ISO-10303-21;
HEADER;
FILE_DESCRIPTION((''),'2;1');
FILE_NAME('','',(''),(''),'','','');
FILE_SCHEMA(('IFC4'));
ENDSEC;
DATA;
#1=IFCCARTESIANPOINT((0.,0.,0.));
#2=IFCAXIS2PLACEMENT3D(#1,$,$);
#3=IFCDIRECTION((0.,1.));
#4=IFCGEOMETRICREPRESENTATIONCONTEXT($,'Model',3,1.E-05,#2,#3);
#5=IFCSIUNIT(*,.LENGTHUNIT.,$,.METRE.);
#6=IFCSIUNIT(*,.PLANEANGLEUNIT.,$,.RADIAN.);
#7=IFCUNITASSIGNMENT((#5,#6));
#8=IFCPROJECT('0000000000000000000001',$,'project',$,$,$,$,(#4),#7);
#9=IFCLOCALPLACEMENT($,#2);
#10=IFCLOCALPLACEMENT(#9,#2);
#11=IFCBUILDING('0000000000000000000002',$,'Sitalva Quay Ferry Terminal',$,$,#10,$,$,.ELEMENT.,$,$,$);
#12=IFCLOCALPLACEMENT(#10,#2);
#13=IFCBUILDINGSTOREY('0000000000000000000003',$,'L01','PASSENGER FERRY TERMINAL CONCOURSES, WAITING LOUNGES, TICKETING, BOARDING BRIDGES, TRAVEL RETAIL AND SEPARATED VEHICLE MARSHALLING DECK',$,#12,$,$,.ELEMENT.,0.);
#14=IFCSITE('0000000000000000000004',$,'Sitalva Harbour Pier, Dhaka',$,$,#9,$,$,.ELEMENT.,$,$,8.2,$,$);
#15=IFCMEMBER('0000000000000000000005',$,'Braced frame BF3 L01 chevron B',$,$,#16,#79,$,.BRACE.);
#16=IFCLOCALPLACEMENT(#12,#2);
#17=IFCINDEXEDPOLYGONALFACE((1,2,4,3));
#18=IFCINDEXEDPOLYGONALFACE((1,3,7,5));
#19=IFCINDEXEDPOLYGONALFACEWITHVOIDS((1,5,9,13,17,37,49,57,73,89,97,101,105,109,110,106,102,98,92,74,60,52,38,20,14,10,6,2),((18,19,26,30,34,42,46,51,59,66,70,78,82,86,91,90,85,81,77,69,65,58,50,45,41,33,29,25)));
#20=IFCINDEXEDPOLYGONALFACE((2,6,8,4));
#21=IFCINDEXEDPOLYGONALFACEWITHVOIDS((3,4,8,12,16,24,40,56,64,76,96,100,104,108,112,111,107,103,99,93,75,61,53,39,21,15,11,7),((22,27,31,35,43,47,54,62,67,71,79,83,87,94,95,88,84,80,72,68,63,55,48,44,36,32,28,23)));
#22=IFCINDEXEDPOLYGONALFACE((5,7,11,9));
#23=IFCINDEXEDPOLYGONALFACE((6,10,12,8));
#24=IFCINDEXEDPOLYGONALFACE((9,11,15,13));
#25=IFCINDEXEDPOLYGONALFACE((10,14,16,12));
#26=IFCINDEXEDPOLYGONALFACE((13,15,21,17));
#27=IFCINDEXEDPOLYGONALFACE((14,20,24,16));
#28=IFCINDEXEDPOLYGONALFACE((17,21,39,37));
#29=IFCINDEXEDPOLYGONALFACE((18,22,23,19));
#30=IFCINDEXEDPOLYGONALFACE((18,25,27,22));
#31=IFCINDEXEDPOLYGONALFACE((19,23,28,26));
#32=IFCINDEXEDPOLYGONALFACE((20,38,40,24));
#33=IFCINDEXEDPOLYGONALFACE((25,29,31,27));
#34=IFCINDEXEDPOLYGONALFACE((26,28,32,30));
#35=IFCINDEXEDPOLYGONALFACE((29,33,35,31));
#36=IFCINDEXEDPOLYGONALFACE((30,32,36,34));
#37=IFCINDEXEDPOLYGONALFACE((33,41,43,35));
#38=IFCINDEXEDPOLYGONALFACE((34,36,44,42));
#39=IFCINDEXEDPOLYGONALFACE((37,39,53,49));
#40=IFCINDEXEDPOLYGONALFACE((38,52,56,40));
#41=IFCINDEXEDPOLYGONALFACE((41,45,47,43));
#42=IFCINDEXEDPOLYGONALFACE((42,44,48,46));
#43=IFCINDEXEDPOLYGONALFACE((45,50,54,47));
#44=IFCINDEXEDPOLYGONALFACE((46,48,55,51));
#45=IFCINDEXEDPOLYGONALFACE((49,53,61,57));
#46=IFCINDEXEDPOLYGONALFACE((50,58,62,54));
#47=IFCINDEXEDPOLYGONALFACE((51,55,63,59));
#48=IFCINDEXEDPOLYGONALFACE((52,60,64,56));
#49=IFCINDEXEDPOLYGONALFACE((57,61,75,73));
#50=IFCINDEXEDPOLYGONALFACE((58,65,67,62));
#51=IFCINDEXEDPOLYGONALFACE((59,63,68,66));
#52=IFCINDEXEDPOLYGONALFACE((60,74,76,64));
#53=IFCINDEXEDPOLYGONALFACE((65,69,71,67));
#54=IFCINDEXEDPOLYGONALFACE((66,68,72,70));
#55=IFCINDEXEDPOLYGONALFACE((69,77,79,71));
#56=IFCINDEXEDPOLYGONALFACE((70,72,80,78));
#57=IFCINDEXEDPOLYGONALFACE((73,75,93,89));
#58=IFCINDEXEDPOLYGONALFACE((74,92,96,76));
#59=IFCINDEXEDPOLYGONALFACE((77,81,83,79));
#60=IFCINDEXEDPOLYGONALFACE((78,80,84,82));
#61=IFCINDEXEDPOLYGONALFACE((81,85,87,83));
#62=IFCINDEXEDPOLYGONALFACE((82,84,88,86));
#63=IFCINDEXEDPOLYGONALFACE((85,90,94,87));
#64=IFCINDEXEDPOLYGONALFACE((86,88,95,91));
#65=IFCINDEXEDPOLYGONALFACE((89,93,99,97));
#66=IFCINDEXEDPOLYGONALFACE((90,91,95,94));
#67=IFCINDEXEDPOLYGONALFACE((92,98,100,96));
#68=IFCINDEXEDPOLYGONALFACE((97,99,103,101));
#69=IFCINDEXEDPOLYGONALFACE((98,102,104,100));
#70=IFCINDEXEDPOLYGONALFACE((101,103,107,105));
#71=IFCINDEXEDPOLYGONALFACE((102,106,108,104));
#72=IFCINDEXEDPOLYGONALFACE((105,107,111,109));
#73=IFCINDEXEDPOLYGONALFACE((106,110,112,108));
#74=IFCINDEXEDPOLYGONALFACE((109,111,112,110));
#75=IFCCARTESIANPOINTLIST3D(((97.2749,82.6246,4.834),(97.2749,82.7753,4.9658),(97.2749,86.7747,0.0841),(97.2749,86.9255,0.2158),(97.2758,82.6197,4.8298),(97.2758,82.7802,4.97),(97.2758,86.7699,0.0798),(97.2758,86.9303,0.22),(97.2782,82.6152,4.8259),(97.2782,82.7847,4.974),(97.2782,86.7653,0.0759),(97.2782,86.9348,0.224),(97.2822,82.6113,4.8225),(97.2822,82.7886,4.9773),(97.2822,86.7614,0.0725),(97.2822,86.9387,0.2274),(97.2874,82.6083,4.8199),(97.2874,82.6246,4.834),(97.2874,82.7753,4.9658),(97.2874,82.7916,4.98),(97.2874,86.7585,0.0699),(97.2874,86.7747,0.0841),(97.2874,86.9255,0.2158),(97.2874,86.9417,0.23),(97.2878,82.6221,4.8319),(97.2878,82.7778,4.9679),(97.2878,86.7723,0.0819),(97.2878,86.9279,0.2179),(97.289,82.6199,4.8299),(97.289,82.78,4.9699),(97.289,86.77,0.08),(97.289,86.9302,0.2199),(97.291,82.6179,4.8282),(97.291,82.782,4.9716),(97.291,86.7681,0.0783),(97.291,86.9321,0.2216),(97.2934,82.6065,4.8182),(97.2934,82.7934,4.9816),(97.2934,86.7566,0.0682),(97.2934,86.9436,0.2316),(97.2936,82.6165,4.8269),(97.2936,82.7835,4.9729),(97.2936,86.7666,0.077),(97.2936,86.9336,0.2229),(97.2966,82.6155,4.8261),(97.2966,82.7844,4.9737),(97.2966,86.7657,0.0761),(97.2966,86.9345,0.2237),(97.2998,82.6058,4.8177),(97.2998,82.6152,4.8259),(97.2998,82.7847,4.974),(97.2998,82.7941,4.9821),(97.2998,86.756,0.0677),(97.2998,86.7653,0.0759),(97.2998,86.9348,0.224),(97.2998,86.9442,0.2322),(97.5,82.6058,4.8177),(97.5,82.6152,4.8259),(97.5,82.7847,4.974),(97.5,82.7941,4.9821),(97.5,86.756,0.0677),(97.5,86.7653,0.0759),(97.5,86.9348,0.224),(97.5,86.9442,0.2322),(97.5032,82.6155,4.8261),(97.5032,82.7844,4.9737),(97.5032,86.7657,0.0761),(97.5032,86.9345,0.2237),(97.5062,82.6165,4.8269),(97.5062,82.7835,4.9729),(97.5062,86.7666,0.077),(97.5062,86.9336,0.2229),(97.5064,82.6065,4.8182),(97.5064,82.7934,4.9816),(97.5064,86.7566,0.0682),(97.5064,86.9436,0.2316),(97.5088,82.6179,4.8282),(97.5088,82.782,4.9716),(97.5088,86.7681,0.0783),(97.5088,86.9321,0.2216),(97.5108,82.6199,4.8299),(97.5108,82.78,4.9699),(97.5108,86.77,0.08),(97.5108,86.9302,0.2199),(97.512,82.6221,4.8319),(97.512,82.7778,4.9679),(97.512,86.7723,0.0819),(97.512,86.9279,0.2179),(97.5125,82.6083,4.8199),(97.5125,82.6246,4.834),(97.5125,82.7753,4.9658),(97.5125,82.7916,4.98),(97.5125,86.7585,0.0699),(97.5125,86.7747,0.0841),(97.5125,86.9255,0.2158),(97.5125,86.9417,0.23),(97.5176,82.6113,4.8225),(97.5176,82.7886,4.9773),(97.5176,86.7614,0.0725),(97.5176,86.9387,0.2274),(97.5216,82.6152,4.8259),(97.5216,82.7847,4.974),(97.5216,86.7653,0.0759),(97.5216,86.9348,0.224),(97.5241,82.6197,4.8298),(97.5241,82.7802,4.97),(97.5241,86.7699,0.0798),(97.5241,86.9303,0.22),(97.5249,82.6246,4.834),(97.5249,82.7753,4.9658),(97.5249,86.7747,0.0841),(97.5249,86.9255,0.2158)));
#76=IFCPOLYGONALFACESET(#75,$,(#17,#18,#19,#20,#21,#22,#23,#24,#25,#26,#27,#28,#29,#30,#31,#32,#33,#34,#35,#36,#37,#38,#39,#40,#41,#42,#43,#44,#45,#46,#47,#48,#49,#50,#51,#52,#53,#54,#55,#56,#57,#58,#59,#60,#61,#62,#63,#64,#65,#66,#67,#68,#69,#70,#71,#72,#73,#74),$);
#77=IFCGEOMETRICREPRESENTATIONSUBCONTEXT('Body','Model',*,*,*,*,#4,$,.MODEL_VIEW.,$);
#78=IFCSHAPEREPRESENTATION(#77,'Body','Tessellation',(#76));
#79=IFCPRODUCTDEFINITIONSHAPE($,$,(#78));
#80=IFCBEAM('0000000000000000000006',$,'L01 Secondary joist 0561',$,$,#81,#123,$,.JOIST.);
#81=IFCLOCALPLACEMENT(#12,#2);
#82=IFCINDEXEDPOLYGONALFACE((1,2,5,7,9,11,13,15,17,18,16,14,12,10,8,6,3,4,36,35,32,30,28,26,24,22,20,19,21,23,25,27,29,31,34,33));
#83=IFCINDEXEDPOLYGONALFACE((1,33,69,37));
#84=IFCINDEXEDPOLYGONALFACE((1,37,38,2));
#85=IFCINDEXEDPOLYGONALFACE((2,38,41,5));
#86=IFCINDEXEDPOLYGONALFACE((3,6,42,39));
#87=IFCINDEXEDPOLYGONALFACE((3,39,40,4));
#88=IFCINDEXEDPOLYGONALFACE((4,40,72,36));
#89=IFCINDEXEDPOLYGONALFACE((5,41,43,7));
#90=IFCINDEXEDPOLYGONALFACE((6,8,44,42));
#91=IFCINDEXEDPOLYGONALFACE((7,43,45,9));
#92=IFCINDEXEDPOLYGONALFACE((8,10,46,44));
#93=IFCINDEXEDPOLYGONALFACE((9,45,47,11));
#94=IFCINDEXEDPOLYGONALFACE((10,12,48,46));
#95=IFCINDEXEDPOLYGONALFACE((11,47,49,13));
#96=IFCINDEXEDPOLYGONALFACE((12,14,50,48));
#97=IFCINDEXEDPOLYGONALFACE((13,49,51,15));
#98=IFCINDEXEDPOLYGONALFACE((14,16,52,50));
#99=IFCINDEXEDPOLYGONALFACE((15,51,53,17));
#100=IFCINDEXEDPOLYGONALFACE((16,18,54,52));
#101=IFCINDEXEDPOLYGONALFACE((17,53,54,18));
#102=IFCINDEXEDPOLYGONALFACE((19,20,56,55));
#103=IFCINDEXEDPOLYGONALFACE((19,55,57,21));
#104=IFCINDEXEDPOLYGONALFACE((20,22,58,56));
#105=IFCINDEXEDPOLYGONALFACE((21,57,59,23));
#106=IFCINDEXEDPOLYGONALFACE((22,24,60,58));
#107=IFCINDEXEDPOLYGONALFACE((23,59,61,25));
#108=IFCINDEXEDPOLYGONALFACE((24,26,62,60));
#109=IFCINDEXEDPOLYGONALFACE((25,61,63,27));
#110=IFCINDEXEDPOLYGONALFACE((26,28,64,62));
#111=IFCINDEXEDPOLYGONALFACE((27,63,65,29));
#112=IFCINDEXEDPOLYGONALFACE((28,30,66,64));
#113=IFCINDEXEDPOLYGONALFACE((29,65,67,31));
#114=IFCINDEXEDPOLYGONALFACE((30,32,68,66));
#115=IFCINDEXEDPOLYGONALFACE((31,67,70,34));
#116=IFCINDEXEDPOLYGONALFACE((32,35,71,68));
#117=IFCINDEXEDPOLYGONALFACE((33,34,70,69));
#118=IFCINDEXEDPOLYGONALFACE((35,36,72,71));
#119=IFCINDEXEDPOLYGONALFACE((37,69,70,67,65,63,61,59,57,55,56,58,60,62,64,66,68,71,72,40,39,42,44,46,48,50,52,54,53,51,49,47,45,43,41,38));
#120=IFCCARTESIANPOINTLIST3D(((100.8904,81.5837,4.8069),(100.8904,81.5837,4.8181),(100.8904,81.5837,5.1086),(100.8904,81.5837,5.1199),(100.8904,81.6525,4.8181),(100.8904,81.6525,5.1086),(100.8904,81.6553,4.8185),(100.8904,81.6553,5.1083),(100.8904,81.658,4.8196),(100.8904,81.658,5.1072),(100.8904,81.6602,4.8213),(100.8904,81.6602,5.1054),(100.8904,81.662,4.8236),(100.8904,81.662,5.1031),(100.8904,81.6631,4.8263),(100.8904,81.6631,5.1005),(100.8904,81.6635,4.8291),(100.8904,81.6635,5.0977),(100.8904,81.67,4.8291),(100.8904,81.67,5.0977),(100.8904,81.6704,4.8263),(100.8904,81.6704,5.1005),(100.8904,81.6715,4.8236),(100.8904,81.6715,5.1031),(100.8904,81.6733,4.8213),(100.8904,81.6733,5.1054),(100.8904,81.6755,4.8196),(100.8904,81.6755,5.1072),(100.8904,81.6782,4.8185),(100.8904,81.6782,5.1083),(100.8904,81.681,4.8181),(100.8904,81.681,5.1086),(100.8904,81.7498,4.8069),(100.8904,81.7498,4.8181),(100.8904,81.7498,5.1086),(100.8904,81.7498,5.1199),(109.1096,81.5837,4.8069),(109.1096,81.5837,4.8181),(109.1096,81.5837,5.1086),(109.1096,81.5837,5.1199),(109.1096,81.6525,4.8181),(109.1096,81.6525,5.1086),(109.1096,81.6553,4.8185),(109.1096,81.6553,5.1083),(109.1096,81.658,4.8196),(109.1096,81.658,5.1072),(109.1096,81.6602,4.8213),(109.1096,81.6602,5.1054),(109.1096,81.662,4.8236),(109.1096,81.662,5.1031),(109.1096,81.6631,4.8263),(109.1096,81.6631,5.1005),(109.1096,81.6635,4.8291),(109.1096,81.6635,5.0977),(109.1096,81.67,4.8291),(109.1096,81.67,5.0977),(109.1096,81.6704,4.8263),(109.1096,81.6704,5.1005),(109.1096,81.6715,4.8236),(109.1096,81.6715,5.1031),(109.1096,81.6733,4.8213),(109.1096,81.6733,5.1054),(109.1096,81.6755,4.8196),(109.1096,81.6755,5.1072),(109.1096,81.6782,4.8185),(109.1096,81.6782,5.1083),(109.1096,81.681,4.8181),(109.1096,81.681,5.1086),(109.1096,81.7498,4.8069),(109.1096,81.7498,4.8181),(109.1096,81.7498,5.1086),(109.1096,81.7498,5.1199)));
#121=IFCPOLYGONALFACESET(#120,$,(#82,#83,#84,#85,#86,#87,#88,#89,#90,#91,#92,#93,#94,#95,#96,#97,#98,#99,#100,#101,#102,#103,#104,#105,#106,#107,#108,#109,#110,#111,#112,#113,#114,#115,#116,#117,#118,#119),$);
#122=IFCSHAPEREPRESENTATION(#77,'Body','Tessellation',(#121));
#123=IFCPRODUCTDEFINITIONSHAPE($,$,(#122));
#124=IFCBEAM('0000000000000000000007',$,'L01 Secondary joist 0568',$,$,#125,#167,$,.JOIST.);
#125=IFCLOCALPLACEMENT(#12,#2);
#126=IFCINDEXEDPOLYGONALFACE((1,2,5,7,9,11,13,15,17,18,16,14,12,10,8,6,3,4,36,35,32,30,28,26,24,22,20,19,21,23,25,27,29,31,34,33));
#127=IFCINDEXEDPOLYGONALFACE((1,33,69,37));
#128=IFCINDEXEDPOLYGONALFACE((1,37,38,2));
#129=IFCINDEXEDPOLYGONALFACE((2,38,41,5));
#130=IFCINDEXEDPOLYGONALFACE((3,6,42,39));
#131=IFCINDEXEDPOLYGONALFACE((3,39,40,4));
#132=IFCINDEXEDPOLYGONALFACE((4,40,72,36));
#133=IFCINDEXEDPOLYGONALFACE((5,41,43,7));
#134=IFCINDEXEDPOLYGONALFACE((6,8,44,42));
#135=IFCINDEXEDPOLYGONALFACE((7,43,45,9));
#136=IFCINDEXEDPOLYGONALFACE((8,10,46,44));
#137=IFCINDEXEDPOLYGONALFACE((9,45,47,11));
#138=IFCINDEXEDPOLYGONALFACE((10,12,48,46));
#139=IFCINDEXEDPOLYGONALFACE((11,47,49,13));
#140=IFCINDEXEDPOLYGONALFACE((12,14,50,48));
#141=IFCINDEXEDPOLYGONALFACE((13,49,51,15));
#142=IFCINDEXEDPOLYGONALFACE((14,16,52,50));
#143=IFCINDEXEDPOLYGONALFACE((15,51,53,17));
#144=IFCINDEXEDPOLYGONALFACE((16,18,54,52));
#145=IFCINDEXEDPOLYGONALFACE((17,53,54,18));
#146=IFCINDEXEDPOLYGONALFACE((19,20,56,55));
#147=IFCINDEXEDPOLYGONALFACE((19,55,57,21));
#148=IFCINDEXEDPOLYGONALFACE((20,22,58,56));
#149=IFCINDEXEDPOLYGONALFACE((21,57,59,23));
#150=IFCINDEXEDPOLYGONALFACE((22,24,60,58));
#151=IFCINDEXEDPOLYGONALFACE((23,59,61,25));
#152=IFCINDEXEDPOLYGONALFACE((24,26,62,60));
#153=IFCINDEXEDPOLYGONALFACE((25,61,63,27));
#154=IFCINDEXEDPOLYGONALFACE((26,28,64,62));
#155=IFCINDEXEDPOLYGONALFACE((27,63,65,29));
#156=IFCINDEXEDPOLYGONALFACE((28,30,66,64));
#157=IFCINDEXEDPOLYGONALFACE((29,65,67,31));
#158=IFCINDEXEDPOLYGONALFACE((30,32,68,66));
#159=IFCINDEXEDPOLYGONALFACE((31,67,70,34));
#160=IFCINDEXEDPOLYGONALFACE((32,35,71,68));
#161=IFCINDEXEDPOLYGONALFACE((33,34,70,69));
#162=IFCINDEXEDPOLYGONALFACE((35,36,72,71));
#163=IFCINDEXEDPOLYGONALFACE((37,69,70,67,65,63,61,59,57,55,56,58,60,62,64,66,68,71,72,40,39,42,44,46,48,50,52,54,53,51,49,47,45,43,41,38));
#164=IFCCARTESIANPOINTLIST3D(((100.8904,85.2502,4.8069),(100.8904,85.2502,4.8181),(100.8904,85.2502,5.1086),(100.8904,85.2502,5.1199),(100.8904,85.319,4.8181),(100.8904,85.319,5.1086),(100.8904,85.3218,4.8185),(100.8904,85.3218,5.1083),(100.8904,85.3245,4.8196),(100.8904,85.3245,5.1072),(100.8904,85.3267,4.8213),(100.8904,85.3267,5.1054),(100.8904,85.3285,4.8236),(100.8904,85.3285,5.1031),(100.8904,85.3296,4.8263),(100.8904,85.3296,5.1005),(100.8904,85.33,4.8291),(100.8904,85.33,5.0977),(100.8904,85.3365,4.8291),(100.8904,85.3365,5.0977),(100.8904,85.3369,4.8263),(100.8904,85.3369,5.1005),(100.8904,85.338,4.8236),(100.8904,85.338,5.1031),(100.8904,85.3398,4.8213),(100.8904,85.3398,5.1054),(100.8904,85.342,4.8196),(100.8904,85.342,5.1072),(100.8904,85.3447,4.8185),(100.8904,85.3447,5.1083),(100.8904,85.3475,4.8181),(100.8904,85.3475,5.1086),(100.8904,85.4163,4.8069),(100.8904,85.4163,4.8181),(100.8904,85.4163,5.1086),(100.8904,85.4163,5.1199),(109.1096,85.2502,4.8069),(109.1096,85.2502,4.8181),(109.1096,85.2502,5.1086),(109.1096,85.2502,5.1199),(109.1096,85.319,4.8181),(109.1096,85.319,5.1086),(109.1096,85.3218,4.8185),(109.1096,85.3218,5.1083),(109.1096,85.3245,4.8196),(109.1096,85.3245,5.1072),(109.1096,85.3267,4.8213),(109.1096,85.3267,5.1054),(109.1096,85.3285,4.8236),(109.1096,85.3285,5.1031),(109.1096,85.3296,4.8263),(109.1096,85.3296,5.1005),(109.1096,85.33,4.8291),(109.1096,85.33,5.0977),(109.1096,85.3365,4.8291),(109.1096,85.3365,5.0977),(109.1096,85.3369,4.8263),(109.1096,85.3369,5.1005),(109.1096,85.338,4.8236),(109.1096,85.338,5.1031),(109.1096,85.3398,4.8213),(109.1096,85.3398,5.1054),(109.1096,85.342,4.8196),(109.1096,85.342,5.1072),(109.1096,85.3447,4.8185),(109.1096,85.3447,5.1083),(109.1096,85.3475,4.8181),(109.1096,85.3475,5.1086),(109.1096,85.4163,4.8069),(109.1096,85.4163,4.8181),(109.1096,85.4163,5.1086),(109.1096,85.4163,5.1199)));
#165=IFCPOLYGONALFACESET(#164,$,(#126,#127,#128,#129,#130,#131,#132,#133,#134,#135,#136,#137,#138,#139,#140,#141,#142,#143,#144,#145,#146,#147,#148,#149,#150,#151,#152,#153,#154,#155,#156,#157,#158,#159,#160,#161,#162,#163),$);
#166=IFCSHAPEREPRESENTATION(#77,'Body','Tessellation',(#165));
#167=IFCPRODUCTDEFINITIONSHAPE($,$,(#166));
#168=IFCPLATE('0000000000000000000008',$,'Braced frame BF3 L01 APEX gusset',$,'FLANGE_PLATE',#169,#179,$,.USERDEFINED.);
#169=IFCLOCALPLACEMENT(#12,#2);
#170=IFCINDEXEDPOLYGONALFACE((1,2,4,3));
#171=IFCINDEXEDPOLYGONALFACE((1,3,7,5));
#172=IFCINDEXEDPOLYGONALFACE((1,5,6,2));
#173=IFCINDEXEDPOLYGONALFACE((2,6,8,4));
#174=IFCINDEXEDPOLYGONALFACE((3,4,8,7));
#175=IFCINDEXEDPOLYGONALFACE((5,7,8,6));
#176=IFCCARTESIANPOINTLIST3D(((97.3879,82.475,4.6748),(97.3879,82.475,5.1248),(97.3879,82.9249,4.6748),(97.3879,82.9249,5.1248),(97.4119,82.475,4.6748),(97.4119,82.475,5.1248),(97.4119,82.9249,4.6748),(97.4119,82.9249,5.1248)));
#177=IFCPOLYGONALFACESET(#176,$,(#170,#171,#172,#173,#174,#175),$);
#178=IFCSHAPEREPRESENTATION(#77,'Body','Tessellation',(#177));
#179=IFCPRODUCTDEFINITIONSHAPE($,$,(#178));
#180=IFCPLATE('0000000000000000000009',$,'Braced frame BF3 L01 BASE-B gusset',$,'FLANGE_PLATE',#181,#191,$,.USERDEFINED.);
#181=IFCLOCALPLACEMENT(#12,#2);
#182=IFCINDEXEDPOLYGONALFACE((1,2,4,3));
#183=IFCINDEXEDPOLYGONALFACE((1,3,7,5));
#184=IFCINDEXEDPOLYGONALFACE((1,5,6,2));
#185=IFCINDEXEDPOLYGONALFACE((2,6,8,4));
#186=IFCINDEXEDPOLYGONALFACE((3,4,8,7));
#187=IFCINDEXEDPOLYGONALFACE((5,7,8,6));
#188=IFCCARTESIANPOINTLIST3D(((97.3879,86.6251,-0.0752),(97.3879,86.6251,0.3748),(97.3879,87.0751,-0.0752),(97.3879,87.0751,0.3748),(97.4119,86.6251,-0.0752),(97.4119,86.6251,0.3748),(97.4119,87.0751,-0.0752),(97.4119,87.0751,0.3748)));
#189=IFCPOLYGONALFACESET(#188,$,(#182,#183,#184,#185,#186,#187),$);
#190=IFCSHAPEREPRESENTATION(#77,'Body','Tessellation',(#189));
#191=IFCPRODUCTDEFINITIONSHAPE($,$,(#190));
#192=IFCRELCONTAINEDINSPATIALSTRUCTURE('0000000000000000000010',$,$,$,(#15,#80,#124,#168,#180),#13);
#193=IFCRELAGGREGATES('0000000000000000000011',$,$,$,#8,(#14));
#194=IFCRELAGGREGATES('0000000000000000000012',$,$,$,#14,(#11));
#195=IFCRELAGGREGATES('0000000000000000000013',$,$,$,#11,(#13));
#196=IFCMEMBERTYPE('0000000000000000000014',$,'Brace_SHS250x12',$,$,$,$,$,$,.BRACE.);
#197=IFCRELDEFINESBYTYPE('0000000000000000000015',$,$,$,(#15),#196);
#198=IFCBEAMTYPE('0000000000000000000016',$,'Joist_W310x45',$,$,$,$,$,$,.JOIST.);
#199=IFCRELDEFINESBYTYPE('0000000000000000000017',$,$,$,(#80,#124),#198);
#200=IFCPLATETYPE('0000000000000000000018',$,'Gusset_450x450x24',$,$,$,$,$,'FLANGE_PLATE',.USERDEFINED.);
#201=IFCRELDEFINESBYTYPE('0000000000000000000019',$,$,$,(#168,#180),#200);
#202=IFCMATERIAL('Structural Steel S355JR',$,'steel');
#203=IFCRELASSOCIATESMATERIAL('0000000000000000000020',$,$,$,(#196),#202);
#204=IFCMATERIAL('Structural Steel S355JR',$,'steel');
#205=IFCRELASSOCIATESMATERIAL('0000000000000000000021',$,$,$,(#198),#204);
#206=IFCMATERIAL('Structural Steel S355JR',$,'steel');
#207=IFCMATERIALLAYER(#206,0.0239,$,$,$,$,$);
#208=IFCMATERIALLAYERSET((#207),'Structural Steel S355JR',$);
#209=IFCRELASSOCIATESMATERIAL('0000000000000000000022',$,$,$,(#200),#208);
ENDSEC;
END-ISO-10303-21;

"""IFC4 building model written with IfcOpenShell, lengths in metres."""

from ifc_helpers import new_model, si_unit, direction, frame, origin, origin_2d, place, context, subcontext, project, spatial, rectangle, hollow_rectangle, i_section, extrude, material, layer, layer_set, material_profile, profile_set, type_object, element, save


model = new_model("IFC4")

# Units and contexts
model_context = context("Model", 3, precision=1e-05, world=origin(), true_north=direction((0.0, 1.0)))
body_context = subcontext(model_context, "Body", "Model", "MODEL_VIEW")
ifc_project = project(units=[si_unit("LENGTHUNIT", "METRE"), si_unit("PLANEANGLEUNIT", "RADIAN")], contexts=[model_context])

# Site, building, storey
site_placement = place(None, origin())
site = spatial("IfcSite", under=ifc_project, at=site_placement, Name="Sitalva Harbour Pier, Dhaka", CompositionType="ELEMENT", RefElevation=8.2)
building_placement = place(site_placement, origin())
building = spatial("IfcBuilding", under=site, at=building_placement, Name="Sitalva Quay Ferry Terminal", CompositionType="ELEMENT")
storey_placement = place(building_placement, origin())
storey = spatial("IfcBuildingStorey", under=building, at=storey_placement, Name="L01", Description="PASSENGER FERRY TERMINAL CONCOURSES, WAITING LOUNGES, TICKETING, BOARDING BRIDGES, TRAVEL RETAIL AND SEPARATED VEHICLE MARSHALLING DECK", CompositionType="ELEMENT", Elevation=0.0)

# Member
ifc_material_1 = material(Name="Structural Steel S355JR", Category="steel")
ifc_material_profile_1 = material_profile(ifc_material_1, hollow_rectangle(XDim=0.25, YDim=0.25, WallThickness=0.0125, InnerFilletRadius=0.0125, OuterFilletRadius=0.0249, at=origin_2d()), Name="SHS250x250x12.5")
ifc_profile_set_1 = profile_set([ifc_material_profile_1], Name="Structural Steel S355JR")
member_type = type_object("IfcMemberType", Name="Brace_SHS250x12", PredefinedType="BRACE", material=ifc_profile_set_1)
member_placement = place(storey_placement, frame((97.3999, 82.7, 4.8999), z_axis=(0.0, 0.657956, -0.753056), x_axis=(-1.0, 0.0, 0.0)))
element("IfcMember", 1, at=member_placement, inside=storey, type_object=member_type, Name="Braced frame BF3 L01 chevron B", PredefinedType="BRACE", context=body_context, shape_type="SweptSolid", body=[
    extrude(hollow_rectangle(XDim=0.25, YDim=0.25, WallThickness=0.0125, InnerFilletRadius=0.0125, OuterFilletRadius=0.0249, at=origin_2d()), origin(), (0.0, 0.0, 1.0), 6.3076),
])

# Beams
ifc_material_2 = material(Name="Structural Steel S355JR", Category="steel")
ifc_material_profile_2 = material_profile(ifc_material_2, i_section(OverallWidth=0.166, OverallDepth=0.313, WebThickness=0.0066, FlangeThickness=0.0112, FilletRadius=0.011, at=origin_2d()), Name="W310x45")
ifc_profile_set_2 = profile_set([ifc_material_profile_2], Name="Structural Steel S355JR")
beam_type = type_object("IfcBeamType", Name="Joist_W310x45", PredefinedType="JOIST", material=ifc_profile_set_2)
for number, where, z_axis, x_axis, name in (
    (2, (100.8904, 81.6667, 4.9634), (1.0, 0.0, 0.0), (0.0, 1.0, 0.0), "L01 Secondary joist 0561"),
    (3, (100.8904, 85.3333, 4.9634), (1.0, 0.0, 0.0), (0.0, 1.0, 0.0), "L01 Secondary joist 0568"),
):
    element("IfcBeam", number, at=place(storey_placement, frame(where, z_axis=z_axis, x_axis=x_axis)), inside=storey, type_object=beam_type, Name=name, PredefinedType="JOIST", context=body_context, shape_type="SweptSolid", body=[
        extrude(i_section(OverallWidth=0.166, OverallDepth=0.313, WebThickness=0.0066, FlangeThickness=0.0112, FilletRadius=0.011, at=origin_2d()), origin(), (0.0, 0.0, 1.0), 8.2192),
    ])

# Plates
ifc_material_3 = material(Name="Structural Steel S355JR", Category="steel")
ifc_layer_1 = layer(ifc_material_3, 0.0239)
ifc_layer_set_1 = layer_set([ifc_layer_1], Name="Structural Steel S355JR")
plate_type = type_object("IfcPlateType", Name="Gusset_450x450x24", ElementType="FLANGE_PLATE", PredefinedType="USERDEFINED", material=ifc_layer_set_1)
for number, where, z_axis, x_axis, name in (
    (4, (97.3999, 82.7, 4.6748), (0.0, 0.0, 1.0), (1.0, 0.0, 0.0), "Braced frame BF3 L01 APEX gusset"),
    (5, (97.3999, 86.8501, -0.0752), (0.0, 0.0, 1.0), (1.0, 0.0, 0.0), "Braced frame BF3 L01 BASE-B gusset"),
):
    element("IfcPlate", number, at=place(storey_placement, frame(where, z_axis=z_axis, x_axis=x_axis)), inside=storey, type_object=plate_type, Name=name, ObjectType="FLANGE_PLATE", PredefinedType="USERDEFINED", context=body_context, shape_type="SweptSolid", body=[
        extrude(rectangle(XDim=0.0239, YDim=0.45, at=origin_2d()), origin(), (0.0, 0.0, 1.0), 0.45),
    ])

save(model, "model.ifc")
